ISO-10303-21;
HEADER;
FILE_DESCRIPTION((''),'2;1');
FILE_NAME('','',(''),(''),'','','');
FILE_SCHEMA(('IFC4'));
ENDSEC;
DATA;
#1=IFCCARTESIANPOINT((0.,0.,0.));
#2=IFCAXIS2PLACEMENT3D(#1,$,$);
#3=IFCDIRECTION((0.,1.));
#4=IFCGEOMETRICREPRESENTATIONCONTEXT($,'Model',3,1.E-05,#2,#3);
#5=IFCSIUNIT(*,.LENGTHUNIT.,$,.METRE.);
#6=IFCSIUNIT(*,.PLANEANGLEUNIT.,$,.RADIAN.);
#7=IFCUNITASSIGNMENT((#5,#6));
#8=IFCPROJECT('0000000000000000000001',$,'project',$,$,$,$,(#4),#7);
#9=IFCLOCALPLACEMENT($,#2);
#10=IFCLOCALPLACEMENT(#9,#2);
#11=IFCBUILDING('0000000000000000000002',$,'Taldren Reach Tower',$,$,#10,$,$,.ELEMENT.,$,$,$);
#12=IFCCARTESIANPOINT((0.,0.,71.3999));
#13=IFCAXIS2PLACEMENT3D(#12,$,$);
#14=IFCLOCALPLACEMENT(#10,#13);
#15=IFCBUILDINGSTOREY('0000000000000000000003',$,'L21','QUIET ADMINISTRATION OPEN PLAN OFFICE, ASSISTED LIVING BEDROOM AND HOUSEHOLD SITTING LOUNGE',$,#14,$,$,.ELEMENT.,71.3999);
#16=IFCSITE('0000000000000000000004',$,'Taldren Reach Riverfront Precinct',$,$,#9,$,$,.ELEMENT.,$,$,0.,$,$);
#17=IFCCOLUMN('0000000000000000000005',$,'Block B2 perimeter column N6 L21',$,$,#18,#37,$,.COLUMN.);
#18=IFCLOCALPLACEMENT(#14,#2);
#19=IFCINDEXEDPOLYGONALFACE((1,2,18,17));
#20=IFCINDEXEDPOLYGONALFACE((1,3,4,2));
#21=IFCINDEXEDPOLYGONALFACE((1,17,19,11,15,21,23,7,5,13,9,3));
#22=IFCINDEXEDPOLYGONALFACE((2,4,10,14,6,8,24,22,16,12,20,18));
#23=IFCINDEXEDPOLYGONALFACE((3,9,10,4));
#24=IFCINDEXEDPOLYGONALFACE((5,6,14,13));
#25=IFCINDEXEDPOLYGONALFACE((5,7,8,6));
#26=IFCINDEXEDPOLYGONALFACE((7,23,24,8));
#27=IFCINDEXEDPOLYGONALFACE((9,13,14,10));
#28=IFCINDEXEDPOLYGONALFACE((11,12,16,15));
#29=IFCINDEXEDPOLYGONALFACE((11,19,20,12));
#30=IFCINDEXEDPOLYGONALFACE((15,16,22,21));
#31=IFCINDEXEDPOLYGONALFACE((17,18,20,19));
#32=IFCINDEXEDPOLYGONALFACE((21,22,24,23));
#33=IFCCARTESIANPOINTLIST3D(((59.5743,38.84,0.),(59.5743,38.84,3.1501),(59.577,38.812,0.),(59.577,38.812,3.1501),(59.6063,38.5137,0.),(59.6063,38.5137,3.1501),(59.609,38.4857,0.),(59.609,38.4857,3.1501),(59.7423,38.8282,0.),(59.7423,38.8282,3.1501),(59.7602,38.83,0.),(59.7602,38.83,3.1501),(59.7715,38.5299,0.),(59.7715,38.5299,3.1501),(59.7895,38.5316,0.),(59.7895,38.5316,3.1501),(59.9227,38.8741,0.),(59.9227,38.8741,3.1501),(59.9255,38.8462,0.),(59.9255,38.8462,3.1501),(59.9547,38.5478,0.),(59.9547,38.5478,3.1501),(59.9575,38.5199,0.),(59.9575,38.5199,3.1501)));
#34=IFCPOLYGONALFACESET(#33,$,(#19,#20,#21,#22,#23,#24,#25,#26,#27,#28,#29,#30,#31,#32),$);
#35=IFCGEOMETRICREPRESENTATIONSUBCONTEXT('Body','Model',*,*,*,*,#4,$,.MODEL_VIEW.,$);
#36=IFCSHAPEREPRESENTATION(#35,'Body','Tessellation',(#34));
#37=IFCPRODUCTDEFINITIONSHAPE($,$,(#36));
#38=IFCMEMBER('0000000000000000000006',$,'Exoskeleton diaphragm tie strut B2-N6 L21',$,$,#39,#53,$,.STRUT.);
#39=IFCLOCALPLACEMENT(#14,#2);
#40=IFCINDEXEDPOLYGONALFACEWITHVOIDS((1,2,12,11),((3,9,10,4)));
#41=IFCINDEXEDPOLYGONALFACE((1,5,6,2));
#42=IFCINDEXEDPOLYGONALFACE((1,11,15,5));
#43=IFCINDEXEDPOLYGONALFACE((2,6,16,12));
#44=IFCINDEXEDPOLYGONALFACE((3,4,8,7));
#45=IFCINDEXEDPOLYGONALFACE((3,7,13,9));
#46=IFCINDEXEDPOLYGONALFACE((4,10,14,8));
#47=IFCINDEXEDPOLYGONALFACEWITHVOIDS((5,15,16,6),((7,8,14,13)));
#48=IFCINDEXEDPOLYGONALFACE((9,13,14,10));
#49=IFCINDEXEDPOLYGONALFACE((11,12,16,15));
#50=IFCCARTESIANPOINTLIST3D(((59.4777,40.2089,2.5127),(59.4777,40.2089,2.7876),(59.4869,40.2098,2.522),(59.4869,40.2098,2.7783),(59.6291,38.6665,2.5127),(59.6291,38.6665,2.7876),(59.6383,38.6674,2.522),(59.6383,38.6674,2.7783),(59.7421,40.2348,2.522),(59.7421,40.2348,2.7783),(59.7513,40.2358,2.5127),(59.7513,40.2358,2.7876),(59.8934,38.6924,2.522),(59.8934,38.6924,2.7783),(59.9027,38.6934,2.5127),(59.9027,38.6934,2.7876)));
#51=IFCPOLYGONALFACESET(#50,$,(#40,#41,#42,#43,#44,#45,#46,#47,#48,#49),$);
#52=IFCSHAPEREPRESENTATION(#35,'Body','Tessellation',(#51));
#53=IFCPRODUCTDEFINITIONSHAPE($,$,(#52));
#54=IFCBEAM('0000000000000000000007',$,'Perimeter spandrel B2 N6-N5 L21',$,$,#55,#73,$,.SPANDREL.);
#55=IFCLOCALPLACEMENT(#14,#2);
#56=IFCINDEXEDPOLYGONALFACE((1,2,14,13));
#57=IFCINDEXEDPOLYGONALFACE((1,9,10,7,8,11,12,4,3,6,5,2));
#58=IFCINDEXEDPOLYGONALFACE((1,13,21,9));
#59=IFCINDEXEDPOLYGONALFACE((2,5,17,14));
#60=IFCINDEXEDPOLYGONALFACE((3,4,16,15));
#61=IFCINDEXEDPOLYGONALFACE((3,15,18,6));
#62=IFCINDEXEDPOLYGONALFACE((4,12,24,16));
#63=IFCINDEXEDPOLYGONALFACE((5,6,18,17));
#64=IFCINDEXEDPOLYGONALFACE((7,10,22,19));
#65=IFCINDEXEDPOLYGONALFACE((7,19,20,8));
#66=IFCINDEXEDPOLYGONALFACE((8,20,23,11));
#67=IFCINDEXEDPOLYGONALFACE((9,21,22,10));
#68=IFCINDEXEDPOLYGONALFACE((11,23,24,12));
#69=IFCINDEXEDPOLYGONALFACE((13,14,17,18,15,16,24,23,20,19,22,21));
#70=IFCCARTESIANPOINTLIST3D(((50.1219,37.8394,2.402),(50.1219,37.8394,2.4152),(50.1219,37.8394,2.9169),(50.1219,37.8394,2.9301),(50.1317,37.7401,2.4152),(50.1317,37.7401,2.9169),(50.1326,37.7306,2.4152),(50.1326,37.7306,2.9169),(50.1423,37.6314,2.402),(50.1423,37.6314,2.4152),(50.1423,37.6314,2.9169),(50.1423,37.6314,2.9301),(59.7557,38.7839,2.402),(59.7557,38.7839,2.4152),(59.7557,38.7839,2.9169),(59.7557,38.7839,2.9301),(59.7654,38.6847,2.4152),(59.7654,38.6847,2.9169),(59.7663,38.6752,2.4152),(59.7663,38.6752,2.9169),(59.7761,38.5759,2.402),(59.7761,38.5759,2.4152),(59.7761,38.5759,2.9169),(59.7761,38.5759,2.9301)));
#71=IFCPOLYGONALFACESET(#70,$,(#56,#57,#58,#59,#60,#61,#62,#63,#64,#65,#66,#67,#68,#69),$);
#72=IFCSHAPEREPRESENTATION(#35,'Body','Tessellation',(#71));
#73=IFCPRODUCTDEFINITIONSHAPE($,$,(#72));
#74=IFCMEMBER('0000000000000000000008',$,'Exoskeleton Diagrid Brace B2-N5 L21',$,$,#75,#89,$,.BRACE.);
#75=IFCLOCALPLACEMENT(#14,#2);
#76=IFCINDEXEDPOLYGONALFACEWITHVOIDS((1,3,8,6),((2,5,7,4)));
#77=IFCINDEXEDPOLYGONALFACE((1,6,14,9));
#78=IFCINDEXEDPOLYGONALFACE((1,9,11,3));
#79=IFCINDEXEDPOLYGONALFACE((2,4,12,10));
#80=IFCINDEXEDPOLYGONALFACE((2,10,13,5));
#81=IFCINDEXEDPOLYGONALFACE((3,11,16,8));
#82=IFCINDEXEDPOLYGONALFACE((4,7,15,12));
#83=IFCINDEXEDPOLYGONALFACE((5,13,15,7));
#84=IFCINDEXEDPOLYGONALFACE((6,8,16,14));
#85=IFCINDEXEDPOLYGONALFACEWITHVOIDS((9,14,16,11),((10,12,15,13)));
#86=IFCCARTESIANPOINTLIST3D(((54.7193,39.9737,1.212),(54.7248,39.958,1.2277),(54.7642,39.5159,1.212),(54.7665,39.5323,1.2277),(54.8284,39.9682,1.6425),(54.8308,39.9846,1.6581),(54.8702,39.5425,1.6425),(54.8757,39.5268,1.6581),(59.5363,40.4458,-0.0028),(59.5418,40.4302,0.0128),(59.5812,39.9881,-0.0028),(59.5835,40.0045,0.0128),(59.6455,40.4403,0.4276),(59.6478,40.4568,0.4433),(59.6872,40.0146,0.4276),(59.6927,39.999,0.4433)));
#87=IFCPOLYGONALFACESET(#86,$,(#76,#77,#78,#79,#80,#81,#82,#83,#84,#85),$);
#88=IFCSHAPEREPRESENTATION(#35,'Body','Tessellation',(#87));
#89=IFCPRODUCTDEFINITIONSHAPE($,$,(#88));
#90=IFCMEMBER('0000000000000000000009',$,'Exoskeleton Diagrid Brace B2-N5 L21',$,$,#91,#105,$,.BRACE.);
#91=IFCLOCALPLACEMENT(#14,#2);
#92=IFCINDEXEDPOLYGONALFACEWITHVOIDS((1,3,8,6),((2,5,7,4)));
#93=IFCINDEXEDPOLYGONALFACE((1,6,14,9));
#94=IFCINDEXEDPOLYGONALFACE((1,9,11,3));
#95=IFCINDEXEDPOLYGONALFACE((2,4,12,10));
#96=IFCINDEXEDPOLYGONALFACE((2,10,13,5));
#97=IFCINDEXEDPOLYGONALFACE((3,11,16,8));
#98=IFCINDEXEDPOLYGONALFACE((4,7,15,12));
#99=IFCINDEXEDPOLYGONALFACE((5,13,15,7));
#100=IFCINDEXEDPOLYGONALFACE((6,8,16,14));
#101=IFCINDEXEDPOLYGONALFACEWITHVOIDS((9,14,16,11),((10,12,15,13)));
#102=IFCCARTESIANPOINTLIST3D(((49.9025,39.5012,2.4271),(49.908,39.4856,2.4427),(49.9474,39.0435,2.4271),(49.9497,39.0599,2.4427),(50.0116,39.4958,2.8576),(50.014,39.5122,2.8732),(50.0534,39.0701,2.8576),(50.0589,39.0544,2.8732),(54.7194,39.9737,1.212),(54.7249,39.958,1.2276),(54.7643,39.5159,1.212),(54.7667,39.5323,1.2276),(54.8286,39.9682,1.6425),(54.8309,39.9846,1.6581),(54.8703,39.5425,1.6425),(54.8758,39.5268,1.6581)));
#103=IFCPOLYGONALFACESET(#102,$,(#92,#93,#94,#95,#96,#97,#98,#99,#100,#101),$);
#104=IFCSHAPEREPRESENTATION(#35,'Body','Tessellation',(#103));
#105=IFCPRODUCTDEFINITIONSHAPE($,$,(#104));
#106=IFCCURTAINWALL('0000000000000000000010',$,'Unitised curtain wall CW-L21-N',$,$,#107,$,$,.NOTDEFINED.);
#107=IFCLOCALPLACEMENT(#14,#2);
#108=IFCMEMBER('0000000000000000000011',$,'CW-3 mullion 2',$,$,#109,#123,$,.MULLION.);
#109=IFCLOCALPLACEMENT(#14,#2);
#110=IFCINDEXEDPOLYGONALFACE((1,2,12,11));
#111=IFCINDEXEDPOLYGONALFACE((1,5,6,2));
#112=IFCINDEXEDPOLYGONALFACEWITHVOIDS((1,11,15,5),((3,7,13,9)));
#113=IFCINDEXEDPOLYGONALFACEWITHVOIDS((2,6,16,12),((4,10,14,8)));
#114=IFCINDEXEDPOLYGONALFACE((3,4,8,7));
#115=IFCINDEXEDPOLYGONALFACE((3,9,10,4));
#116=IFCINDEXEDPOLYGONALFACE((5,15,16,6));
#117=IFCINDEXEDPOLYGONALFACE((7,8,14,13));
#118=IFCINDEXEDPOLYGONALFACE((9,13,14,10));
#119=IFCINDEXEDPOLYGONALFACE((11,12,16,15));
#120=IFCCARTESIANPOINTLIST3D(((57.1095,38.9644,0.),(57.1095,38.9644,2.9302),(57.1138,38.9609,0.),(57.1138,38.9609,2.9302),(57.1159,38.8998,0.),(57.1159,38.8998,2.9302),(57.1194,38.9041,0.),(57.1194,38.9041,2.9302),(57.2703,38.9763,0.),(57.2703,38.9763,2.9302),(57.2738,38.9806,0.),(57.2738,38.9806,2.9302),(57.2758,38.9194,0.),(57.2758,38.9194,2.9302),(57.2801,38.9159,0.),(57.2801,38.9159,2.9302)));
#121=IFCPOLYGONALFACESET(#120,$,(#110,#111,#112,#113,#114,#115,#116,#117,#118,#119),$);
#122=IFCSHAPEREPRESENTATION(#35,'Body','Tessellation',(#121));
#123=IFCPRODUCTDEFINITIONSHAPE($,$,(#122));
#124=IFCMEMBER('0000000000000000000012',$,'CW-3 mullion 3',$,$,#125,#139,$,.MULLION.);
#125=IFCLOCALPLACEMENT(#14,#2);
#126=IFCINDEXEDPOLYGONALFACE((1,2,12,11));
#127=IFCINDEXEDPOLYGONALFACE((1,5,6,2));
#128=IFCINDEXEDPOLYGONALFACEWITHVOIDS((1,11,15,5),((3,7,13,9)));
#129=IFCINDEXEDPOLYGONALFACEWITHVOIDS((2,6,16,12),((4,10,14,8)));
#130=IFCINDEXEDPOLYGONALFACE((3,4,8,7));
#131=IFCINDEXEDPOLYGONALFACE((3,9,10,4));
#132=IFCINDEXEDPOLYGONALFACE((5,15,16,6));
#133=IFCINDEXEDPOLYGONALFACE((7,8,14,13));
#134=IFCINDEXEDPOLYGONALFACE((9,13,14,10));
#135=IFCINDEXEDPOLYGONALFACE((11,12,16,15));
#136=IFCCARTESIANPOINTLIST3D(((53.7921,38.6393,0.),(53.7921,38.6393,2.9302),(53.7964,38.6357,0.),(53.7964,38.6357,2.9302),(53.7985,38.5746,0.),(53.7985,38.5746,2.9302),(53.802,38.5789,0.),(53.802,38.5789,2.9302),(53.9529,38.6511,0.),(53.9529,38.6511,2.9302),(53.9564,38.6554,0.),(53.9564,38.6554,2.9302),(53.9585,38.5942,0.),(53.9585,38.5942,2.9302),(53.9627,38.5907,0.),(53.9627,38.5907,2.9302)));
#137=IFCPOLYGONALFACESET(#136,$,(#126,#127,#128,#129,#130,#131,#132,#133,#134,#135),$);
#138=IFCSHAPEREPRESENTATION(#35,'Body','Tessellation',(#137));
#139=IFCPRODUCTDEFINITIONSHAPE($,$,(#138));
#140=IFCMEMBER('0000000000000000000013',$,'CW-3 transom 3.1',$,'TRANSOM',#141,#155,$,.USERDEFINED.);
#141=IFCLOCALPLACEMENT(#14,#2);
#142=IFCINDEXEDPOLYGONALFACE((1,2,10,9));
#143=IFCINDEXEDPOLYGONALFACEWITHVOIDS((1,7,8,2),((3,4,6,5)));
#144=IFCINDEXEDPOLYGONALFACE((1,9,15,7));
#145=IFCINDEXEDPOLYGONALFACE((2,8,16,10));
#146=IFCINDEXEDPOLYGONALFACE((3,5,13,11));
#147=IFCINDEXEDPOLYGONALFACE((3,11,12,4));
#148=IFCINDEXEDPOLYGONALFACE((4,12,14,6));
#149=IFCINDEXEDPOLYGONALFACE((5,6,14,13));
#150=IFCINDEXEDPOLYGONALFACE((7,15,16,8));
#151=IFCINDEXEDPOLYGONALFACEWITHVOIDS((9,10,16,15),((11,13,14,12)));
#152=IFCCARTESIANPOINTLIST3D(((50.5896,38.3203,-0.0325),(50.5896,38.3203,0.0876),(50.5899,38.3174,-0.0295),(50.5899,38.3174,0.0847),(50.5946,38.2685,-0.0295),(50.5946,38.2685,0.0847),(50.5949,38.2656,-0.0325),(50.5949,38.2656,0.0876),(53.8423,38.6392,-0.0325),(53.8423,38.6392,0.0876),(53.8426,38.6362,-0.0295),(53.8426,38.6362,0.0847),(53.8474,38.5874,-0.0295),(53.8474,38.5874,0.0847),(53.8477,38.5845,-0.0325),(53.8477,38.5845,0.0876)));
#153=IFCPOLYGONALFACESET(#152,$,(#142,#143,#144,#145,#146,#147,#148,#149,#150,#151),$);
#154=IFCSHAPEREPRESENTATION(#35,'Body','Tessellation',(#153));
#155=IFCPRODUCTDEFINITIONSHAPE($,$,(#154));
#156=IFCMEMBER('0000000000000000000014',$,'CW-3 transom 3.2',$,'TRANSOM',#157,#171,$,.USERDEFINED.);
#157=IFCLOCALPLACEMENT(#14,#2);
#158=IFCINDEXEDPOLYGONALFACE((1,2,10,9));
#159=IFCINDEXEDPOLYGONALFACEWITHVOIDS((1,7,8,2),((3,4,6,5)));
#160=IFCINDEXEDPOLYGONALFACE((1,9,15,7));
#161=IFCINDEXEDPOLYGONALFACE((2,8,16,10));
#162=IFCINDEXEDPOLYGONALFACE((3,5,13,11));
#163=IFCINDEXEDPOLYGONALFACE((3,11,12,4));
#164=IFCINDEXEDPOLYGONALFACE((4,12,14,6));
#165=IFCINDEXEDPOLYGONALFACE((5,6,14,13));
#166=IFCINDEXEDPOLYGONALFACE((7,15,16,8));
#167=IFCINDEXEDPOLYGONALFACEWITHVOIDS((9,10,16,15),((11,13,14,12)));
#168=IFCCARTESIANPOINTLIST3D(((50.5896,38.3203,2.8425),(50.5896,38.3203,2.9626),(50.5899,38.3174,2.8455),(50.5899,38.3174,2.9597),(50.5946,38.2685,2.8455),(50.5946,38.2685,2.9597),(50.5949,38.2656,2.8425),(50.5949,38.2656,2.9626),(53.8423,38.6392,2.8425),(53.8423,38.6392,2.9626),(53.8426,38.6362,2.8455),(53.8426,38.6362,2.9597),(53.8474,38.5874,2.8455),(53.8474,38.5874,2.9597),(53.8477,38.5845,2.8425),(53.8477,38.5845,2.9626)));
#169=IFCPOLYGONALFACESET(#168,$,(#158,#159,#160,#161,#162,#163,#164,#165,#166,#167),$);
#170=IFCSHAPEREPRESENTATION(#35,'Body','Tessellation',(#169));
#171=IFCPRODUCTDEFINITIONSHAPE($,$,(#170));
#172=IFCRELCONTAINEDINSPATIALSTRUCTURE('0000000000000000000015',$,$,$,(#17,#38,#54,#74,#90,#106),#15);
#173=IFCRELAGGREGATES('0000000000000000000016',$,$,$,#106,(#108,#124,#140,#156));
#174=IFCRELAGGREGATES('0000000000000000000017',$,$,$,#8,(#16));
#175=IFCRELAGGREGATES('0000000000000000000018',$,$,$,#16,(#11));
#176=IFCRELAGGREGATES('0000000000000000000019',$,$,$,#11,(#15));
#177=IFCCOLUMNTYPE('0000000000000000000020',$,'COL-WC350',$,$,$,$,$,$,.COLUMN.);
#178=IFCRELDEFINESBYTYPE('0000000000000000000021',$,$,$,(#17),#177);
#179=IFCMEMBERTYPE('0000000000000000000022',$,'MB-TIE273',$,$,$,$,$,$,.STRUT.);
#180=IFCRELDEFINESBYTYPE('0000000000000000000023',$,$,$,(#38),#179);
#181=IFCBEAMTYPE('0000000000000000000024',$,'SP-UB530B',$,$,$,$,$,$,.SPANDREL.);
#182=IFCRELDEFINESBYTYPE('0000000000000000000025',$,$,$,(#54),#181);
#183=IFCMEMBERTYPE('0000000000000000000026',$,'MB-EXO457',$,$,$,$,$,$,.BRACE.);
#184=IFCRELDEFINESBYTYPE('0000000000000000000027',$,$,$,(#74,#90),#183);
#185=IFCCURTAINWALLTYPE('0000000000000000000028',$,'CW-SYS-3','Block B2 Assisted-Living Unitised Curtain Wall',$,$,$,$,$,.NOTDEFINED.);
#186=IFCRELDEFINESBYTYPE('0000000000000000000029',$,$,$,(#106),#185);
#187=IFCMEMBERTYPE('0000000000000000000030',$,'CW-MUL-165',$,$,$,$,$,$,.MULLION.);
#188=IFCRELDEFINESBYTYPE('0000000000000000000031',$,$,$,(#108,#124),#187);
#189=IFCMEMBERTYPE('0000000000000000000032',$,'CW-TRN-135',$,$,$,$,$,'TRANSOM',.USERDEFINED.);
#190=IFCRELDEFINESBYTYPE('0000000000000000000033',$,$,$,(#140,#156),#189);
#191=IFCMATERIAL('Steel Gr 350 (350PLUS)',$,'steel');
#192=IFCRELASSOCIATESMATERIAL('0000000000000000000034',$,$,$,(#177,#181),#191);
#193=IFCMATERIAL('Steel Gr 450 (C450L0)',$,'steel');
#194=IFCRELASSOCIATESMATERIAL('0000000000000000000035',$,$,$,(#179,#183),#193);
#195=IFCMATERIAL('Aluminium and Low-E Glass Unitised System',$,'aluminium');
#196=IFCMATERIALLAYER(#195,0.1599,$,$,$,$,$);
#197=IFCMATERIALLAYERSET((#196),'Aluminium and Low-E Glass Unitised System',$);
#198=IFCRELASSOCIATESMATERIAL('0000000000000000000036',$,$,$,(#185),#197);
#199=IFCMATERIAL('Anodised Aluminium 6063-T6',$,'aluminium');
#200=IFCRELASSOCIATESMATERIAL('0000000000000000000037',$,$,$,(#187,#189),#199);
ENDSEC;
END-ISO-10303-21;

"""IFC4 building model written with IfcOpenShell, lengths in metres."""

from ifc_helpers import new_model, si_unit, direction, frame, origin, origin_2d, place, context, subcontext, project, spatial, hollow_rectangle, i_section, extrude, source, transform, mapped, material, layer, layer_set, material_profile, profile_set, type_object, element, aggregate, save


model = new_model("IFC4")

# Units and contexts
model_context = context("Model", 3, precision=1e-05, world=origin(), true_north=direction((0.0, 1.0)))
body_context = subcontext(model_context, "Body", "Model", "MODEL_VIEW")
ifc_project = project(units=[si_unit("LENGTHUNIT", "METRE"), si_unit("PLANEANGLEUNIT", "RADIAN")], contexts=[model_context])

# Site, building, storey
site_placement = place(None, origin())
site = spatial("IfcSite", under=ifc_project, at=site_placement, Name="Taldren Reach Riverfront Precinct", CompositionType="ELEMENT", RefElevation=0.0)
building_placement = place(site_placement, origin())
building = spatial("IfcBuilding", under=site, at=building_placement, Name="Taldren Reach Tower", CompositionType="ELEMENT")
storey_placement = place(building_placement, frame((0.0, 0.0, 71.3999)))
storey = spatial("IfcBuildingStorey", under=building, at=storey_placement, Name="L21", Description="QUIET ADMINISTRATION OPEN PLAN OFFICE, ASSISTED LIVING BEDROOM AND HOUSEHOLD SITTING LOUNGE", CompositionType="ELEMENT", Elevation=71.3999)

# Column
ifc_material_1 = material(Name="Steel Gr 350 (350PLUS)", Category="steel")
ifc_material_profile_1 = material_profile(ifc_material_1, i_section(OverallWidth=0.3501, OverallDepth=0.356, WebThickness=0.0181, FlangeThickness=0.0281, at=origin_2d()), Name="350WC197")
ifc_profile_set_1 = profile_set([ifc_material_profile_1], Name="Steel Gr 350 (350PLUS)")
column_type = type_object("IfcColumnType", Name="COL-WC350", PredefinedType="COLUMN", material=ifc_profile_set_1)
shared_shape_1 = source(origin(), body_context, "Body", "SweptSolid", [
    extrude(i_section(OverallWidth=0.3501, OverallDepth=0.356, WebThickness=0.0181, FlangeThickness=0.0281, at=origin_2d()), origin(), (0.0, 0.0, 1.0), 3.1501),
])
column_placement = place(storey_placement, frame((59.7659, 38.6799, 0.0), z_axis=(0.0, 0.0, 1.0), x_axis=(0.995227, 0.097583, 0.0)))
element("IfcColumn", 1, at=column_placement, inside=storey, type_object=column_type, Name="Block B2 perimeter column N6 L21", PredefinedType="COLUMN", context=body_context, shape_type="MappedRepresentation", body=[
    mapped(shared_shape_1, transform((0.0, 0.0, 0.0), scale=1.0)),
])

# Member
ifc_material_2 = material(Name="Steel Gr 450 (C450L0)", Category="steel")
ifc_material_profile_2 = material_profile(ifc_material_2, hollow_rectangle(XDim=0.2749, YDim=0.2749, WallThickness=0.0093, at=origin_2d()), Name="275x275x9.3SHS")
ifc_profile_set_2 = profile_set([ifc_material_profile_2], Name="Steel Gr 450 (C450L0)")
member_type_1 = type_object("IfcMemberType", Name="MB-TIE273", PredefinedType="STRUT", material=ifc_profile_set_2)
shared_shape_2 = source(origin(), body_context, "Body", "SweptSolid", [
    extrude(hollow_rectangle(XDim=0.2749, YDim=0.2749, WallThickness=0.0093, at=origin_2d()), origin(), (0.0, 0.0, 1.0), 1.5498),
])
member_1_placement = place(storey_placement, frame((59.7659, 38.6799, 2.6501), z_axis=(-0.097663, 0.99522, 0.0), x_axis=(-0.99522, -0.097663, 0.0)))
element("IfcMember", 2, at=member_1_placement, inside=storey, type_object=member_type_1, Name="Exoskeleton diaphragm tie strut B2-N6 L21", PredefinedType="STRUT", context=body_context, shape_type="MappedRepresentation", body=[
    mapped(shared_shape_2, transform((0.0, 0.0, 0.0), scale=1.0)),
])

# Beam
ifc_material_profile_3 = material_profile(ifc_material_1, i_section(OverallWidth=0.209, OverallDepth=0.5281, WebThickness=0.0095, FlangeThickness=0.0132, at=origin_2d()), Name="530UB82.0")
ifc_profile_set_3 = profile_set([ifc_material_profile_3], Name="Steel Gr 350 (350PLUS)")
beam_type = type_object("IfcBeamType", Name="SP-UB530B", PredefinedType="SPANDREL", material=ifc_profile_set_3)
shared_shape_3 = source(origin(), body_context, "Body", "SweptSolid", [
    extrude(i_section(OverallWidth=0.209, OverallDepth=0.5281, WebThickness=0.0095, FlangeThickness=0.0132, at=origin_2d()), origin(), (0.0, 0.0, 1.0), 9.6799),
])
beam_placement = place(storey_placement, frame((59.7659, 38.6799, 2.666), z_axis=(-0.995228, -0.097581, 0.0), x_axis=(0.097581, -0.995228, 0.0)))
element("IfcBeam", 3, at=beam_placement, inside=storey, type_object=beam_type, Name="Perimeter spandrel B2 N6-N5 L21", PredefinedType="SPANDREL", context=body_context, shape_type="MappedRepresentation", body=[
    mapped(shared_shape_3, transform((0.0, 0.0, 0.0), scale=1.0)),
])

# Members
ifc_material_profile_4 = material_profile(ifc_material_2, hollow_rectangle(XDim=0.46, YDim=0.46, WallThickness=0.0161, at=origin_2d()), Name="460x460x16.0SHS")
ifc_profile_set_4 = profile_set([ifc_material_profile_4], Name="Steel Gr 450 (C450L0)")
member_type_2 = type_object("IfcMemberType", Name="MB-EXO457", PredefinedType="BRACE", material=ifc_profile_set_4)
shared_shape_4 = source(origin(), body_context, "Body", "SweptSolid", [
    extrude(hollow_rectangle(XDim=0.46, YDim=0.46, WallThickness=0.0161, at=origin_2d()), origin(), (0.0, 0.0, 1.0), 4.9902),
])
for number, where, z_axis, x_axis, name in (
    (4, (59.6145, 40.2224, 0.2202), (-0.965287, -0.094621, 0.24345), (0.097556, -0.99523, 0.0), "Exoskeleton Diagrid Brace B2-N5 L21"),
    (5, (54.7976, 39.7502, 1.4351), (-0.965271, -0.094668, 0.243495), (0.097606, -0.995225, 0.0), "Exoskeleton Diagrid Brace B2-N5 L21"),
):
    element("IfcMember", number, at=place(storey_placement, frame(where, z_axis=z_axis, x_axis=x_axis)), inside=storey, type_object=member_type_2, Name=name, PredefinedType="BRACE", context=body_context, shape_type="MappedRepresentation", body=[
        mapped(shared_shape_4, transform((0.0, 0.0, 0.0), scale=1.0)),
    ])

# Curtain wall, members
ifc_material_3 = material(Name="Aluminium and Low-E Glass Unitised System", Category="aluminium")
ifc_layer_1 = layer(ifc_material_3, 0.1599)
ifc_layer_set_1 = layer_set([ifc_layer_1], Name="Aluminium and Low-E Glass Unitised System")
curtain_wall_type = type_object("IfcCurtainWallType", Name="CW-SYS-3", Description="Block B2 Assisted-Living Unitised Curtain Wall", PredefinedType="NOTDEFINED", material=ifc_layer_set_1)
curtain_wall_placement = place(storey_placement, origin())
curtain_wall = element("IfcCurtainWall", 6, at=curtain_wall_placement, inside=storey, type_object=curtain_wall_type, Name="Unitised curtain wall CW-L21-N", PredefinedType="NOTDEFINED")
ifc_material_4 = material(Name="Anodised Aluminium 6063-T6", Category="aluminium")
ifc_material_profile_5 = material_profile(ifc_material_4, hollow_rectangle(XDim=0.0649, YDim=0.165, WallThickness=0.0039, at=origin_2d()), Name="ALU-165x65x4RHS")
ifc_profile_set_5 = profile_set([ifc_material_profile_5], Name="Anodised Aluminium 6063-T6")
member_type_3 = type_object("IfcMemberType", Name="CW-MUL-165", PredefinedType="MULLION", material=ifc_profile_set_5)
shared_shape_5 = source(origin(), body_context, "Body", "SweptSolid", [
    extrude(hollow_rectangle(XDim=0.0649, YDim=0.165, WallThickness=0.0039, at=origin_2d()), origin(), (0.0, 0.0, 1.0), 2.9302),
])
member_2_placement = place(storey_placement, frame((57.1948, 38.9402, 0.0), z_axis=(0.0, 0.0, 1.0), x_axis=(0.097583, -0.995227, 0.0)))
member_2 = element("IfcMember", 7, at=member_2_placement, type_object=member_type_3, Name="CW-3 mullion 2", PredefinedType="MULLION", context=body_context, shape_type="MappedRepresentation", body=[
    mapped(shared_shape_5, transform((0.0, 0.0, 0.0), scale=1.0)),
])
member_3_placement = place(storey_placement, frame((53.8774, 38.615, 0.0), z_axis=(0.0, 0.0, 1.0), x_axis=(0.097583, -0.995227, 0.0)))
member_3 = element("IfcMember", 8, at=member_3_placement, type_object=member_type_3, Name="CW-3 mullion 3", PredefinedType="MULLION", context=body_context, shape_type="MappedRepresentation", body=[
    mapped(shared_shape_5, transform((0.0, 0.0, 0.0), scale=1.0)),
])
ifc_material_profile_6 = material_profile(ifc_material_4, hollow_rectangle(XDim=0.0549, YDim=0.1201, WallThickness=0.0029, at=origin_2d()), Name="ALU-120x55x3RHS")
ifc_profile_set_6 = profile_set([ifc_material_profile_6], Name="Anodised Aluminium 6063-T6")
member_type_4 = type_object("IfcMemberType", Name="CW-TRN-135", ElementType="TRANSOM", PredefinedType="USERDEFINED", material=ifc_profile_set_6)
shared_shape_6 = source(origin(), body_context, "Body", "SweptSolid", [
    extrude(hollow_rectangle(XDim=0.0549, YDim=0.1201, WallThickness=0.0029, at=origin_2d()), origin(), (0.0, 0.0, 1.0), 3.2683),
])
member_4_placement = place(storey_placement, frame((53.845, 38.6118, 0.0276), z_axis=(-0.99523, -0.097558, 0.0), x_axis=(0.097558, -0.99523, 0.0)))
member_4 = element("IfcMember", 9, at=member_4_placement, type_object=member_type_4, Name="CW-3 transom 3.1", ObjectType="TRANSOM", PredefinedType="USERDEFINED", context=body_context, shape_type="MappedRepresentation", body=[
    mapped(shared_shape_6, transform((0.0, 0.0, 0.0), scale=1.0)),
])
member_5_placement = place(storey_placement, frame((53.845, 38.6118, 2.9026), z_axis=(-0.99523, -0.097558, 0.0), x_axis=(0.097558, -0.99523, 0.0)))
member_5 = element("IfcMember", 10, at=member_5_placement, type_object=member_type_4, Name="CW-3 transom 3.2", ObjectType="TRANSOM", PredefinedType="USERDEFINED", context=body_context, shape_type="MappedRepresentation", body=[
    mapped(shared_shape_6, transform((0.0, 0.0, 0.0), scale=1.0)),
])

aggregate(curtain_wall, [member_2, member_3, member_4, member_5])

save(model, "model.ifc")
